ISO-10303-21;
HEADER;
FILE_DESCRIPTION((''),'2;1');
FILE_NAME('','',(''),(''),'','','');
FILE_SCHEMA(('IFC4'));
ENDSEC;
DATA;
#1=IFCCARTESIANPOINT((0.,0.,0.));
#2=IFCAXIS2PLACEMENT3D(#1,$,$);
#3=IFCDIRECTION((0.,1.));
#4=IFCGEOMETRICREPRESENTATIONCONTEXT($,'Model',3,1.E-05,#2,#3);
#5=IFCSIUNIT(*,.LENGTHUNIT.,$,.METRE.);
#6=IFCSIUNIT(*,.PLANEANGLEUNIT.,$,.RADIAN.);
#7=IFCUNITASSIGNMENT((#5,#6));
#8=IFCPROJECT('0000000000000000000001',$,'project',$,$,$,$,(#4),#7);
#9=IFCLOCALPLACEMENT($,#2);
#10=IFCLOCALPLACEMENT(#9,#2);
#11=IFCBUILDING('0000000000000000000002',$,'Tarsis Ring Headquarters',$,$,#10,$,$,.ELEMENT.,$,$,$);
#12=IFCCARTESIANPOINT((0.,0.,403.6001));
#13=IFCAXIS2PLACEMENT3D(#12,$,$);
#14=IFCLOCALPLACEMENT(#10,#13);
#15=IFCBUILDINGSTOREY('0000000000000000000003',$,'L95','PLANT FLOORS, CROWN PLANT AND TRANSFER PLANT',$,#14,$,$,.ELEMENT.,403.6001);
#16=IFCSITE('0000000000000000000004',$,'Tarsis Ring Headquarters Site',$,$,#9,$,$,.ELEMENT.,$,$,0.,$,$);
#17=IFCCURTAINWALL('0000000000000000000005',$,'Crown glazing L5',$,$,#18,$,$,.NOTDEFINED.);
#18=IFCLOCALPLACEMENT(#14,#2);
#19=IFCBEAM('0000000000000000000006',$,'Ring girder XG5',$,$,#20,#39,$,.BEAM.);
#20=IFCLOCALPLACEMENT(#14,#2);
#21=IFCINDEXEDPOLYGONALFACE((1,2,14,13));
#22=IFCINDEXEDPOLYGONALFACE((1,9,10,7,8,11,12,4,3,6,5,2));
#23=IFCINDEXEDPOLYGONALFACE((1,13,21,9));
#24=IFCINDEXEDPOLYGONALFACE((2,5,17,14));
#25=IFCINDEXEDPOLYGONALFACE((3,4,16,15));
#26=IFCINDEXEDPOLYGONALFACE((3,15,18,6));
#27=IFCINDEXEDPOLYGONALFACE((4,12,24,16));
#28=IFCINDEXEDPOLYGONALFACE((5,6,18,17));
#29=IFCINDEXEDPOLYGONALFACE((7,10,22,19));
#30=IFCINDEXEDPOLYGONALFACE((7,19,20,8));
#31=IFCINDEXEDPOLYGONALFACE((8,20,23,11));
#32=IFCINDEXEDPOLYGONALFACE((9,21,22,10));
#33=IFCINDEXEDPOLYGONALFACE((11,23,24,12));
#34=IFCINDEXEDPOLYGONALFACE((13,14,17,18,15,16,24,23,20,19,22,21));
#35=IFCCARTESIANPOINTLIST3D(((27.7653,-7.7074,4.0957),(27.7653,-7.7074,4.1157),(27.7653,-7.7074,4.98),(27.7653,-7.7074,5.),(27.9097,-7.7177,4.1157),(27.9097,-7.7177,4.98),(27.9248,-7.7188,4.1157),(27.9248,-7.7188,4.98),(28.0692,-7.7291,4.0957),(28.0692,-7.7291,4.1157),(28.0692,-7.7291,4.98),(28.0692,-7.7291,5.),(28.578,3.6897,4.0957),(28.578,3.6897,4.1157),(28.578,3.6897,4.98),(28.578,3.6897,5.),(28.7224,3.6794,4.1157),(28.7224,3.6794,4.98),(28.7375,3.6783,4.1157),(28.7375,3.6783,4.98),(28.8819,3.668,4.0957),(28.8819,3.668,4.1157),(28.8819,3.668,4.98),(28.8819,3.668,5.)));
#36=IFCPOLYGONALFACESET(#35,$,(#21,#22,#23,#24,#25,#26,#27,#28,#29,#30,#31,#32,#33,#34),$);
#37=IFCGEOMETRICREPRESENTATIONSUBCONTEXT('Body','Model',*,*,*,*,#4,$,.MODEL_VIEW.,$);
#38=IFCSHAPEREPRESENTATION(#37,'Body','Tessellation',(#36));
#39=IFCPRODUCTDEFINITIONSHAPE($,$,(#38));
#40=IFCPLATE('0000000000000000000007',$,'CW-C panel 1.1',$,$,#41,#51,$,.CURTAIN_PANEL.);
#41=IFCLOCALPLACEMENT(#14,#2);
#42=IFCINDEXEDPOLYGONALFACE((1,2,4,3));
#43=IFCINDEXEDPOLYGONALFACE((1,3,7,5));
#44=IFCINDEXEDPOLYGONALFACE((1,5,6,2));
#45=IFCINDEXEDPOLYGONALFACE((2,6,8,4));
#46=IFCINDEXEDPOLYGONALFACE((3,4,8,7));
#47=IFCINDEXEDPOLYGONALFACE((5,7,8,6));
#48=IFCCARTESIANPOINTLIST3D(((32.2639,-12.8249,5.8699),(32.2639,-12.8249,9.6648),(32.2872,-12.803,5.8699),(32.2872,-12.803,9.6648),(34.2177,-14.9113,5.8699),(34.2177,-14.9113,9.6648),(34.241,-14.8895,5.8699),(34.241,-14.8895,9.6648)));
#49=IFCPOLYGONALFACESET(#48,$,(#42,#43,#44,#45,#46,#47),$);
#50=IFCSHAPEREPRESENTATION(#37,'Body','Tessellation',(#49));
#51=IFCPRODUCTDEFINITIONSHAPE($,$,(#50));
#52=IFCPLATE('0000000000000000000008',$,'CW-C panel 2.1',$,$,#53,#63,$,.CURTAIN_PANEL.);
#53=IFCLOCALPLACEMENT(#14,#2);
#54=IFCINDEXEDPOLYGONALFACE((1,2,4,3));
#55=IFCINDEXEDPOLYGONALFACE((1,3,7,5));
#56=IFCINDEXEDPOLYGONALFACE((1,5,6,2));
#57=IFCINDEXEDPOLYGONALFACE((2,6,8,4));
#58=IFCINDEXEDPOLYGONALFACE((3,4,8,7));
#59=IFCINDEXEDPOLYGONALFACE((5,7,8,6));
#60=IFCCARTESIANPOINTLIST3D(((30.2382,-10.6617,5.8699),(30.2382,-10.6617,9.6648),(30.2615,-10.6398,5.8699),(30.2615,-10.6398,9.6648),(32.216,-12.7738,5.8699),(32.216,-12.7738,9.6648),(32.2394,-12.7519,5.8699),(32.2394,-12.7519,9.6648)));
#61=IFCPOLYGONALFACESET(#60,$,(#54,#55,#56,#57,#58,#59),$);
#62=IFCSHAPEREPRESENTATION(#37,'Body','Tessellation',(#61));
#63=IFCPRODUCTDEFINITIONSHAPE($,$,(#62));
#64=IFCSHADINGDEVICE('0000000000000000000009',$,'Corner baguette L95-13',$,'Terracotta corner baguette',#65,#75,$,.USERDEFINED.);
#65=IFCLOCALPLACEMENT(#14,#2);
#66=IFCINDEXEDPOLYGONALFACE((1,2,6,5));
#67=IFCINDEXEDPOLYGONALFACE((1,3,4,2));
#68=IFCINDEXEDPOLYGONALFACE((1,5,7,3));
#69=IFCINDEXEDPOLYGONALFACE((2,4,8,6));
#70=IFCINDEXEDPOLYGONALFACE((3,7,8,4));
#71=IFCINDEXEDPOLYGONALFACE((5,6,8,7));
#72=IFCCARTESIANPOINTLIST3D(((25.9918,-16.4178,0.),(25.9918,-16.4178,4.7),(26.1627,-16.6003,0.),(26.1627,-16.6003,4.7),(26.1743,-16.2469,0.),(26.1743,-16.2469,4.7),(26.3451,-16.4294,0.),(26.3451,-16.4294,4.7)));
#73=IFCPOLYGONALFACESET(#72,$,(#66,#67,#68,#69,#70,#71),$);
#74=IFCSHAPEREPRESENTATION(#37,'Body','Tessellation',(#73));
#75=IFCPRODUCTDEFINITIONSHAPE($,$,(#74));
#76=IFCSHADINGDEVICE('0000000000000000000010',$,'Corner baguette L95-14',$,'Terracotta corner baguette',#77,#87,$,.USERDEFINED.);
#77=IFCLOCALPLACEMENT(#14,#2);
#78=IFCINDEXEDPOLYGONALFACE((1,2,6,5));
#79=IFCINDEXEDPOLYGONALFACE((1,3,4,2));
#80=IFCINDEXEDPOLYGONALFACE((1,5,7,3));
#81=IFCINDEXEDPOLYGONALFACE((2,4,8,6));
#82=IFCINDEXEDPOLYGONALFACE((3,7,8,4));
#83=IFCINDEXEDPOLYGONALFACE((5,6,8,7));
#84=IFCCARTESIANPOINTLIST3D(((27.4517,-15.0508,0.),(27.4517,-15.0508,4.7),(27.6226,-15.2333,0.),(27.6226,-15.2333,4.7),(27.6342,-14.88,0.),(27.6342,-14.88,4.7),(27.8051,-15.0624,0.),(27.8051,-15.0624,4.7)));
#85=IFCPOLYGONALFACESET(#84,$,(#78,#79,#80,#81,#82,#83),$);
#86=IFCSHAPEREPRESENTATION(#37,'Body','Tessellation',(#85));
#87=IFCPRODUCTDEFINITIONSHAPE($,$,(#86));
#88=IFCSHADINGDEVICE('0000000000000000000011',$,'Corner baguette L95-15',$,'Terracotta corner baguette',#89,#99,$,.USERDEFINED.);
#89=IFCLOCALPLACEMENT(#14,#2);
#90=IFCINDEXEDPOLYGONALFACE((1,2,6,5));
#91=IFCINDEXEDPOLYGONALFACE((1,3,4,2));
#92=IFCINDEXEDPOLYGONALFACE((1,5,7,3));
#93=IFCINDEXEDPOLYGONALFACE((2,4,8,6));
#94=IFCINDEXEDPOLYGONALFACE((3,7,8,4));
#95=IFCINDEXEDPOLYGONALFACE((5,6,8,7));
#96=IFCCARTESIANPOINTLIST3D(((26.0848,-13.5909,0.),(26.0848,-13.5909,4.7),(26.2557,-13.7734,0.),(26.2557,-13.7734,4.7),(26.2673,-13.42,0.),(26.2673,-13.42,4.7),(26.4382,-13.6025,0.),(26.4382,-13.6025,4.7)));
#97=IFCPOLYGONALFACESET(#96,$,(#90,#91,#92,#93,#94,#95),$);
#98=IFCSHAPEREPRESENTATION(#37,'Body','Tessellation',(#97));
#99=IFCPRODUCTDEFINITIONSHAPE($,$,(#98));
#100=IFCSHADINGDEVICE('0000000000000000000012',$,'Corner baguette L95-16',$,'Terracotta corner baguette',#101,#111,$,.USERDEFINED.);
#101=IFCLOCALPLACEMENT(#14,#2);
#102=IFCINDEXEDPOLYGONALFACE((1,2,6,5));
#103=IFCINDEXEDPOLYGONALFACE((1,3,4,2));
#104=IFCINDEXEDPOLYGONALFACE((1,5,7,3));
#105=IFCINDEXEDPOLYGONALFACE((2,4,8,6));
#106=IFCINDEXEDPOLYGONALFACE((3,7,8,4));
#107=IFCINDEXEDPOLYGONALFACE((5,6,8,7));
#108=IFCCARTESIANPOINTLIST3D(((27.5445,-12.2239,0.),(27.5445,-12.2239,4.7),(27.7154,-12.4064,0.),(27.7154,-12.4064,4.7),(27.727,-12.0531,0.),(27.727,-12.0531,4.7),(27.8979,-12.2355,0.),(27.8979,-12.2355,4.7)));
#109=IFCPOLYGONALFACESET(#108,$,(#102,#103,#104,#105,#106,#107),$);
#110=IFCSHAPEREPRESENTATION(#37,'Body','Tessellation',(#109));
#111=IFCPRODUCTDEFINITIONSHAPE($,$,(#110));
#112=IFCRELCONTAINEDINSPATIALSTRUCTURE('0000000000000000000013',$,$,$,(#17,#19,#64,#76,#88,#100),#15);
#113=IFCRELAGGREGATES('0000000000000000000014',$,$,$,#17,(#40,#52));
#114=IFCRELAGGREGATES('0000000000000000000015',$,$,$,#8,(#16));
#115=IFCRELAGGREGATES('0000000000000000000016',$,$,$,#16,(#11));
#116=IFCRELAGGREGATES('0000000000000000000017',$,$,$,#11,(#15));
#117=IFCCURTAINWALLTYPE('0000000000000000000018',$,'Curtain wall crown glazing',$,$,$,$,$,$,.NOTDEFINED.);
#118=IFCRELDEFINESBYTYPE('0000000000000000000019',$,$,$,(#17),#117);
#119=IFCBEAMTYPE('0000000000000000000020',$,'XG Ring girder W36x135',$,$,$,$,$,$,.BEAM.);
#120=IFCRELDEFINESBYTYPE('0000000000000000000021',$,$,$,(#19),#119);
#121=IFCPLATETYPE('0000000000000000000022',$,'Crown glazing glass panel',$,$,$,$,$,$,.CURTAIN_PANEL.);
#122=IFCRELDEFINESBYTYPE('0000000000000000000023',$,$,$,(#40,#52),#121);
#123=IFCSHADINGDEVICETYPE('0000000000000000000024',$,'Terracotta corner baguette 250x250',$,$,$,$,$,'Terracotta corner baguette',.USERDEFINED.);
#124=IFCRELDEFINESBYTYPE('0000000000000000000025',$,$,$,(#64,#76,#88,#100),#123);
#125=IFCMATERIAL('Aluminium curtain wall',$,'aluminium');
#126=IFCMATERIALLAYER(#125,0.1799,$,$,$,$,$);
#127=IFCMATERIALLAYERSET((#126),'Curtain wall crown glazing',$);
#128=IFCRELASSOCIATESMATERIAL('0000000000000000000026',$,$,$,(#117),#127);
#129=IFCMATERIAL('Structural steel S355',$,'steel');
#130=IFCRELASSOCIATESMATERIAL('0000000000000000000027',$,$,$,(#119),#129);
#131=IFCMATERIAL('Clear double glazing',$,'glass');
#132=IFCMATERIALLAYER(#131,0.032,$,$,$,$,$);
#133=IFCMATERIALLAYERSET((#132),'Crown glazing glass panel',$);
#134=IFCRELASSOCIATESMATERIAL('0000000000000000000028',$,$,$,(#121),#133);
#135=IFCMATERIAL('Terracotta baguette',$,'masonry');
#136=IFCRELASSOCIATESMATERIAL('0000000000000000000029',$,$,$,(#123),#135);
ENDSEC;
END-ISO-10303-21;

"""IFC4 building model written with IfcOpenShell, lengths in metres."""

from ifc_helpers import new_model, si_unit, direction, frame, origin, origin_2d, place, context, subcontext, project, spatial, rectangle, i_section, extrude, material, layer, layer_set, material_profile, profile_set, type_object, element, aggregate, save


model = new_model("IFC4")

# Units and contexts
model_context = context("Model", 3, precision=1e-05, world=origin(), true_north=direction((0.0, 1.0)))
body_context = subcontext(model_context, "Body", "Model", "MODEL_VIEW")
ifc_project = project(units=[si_unit("LENGTHUNIT", "METRE"), si_unit("PLANEANGLEUNIT", "RADIAN")], contexts=[model_context])

# Site, building, storey
site_placement = place(None, origin())
site = spatial("IfcSite", under=ifc_project, at=site_placement, Name="Tarsis Ring Headquarters Site", CompositionType="ELEMENT", RefElevation=0.0)
building_placement = place(site_placement, origin())
building = spatial("IfcBuilding", under=site, at=building_placement, Name="Tarsis Ring Headquarters", CompositionType="ELEMENT")
storey_placement = place(building_placement, frame((0.0, 0.0, 403.6001)))
storey = spatial("IfcBuildingStorey", under=building, at=storey_placement, Name="L95", Description="PLANT FLOORS, CROWN PLANT AND TRANSFER PLANT", CompositionType="ELEMENT", Elevation=403.6001)

# Shared definitions
ifc_material_1 = material(Name="Structural steel S355", Category="steel")

# Curtain wall
ifc_material_2 = material(Name="Aluminium curtain wall", Category="aluminium")
ifc_layer_1 = layer(ifc_material_2, 0.1799)
ifc_layer_set_1 = layer_set([ifc_layer_1], Name="Curtain wall crown glazing")
curtain_wall_type = type_object("IfcCurtainWallType", Name="Curtain wall crown glazing", PredefinedType="NOTDEFINED", material=ifc_layer_set_1)
curtain_wall_placement = place(storey_placement, origin())
curtain_wall = element("IfcCurtainWall", 1, at=curtain_wall_placement, inside=storey, type_object=curtain_wall_type, Name="Crown glazing L5", PredefinedType="NOTDEFINED")

# Beam
ifc_material_profile_1 = material_profile(ifc_material_1, i_section(OverallWidth=0.3047, OverallDepth=0.9043, WebThickness=0.0151, FlangeThickness=0.02, at=origin_2d()), Name="W36x135")
ifc_profile_set_1 = profile_set([ifc_material_profile_1], Name="Structural steel S355")
beam_type_1 = type_object("IfcBeamType", Name="XG Ring girder W36x135", PredefinedType="BEAM", material=ifc_profile_set_1)
beam_1_placement = place(storey_placement, frame((27.9172, -7.7183, 4.5479), z_axis=(0.071132, 0.997467, 0.0), x_axis=(-0.997467, 0.071132, 0.0)))
element("IfcBeam", 2, at=beam_1_placement, inside=storey, type_object=beam_type_1, Name="Ring girder XG5", PredefinedType="BEAM", context=body_context, shape_type="SweptSolid", body=[
    extrude(i_section(OverallWidth=0.3047, OverallDepth=0.9043, WebThickness=0.0151, FlangeThickness=0.02, at=origin_2d()), origin(), (0.0, 0.0, 1.0), 11.426),
])

# Plates
ifc_material_3 = material(Name="Clear double glazing", Category="glass")
ifc_layer_2 = layer(ifc_material_3, 0.032)
ifc_layer_set_2 = layer_set([ifc_layer_2], Name="Crown glazing glass panel")
plate_type = type_object("IfcPlateType", Name="Crown glazing glass panel", PredefinedType="CURTAIN_PANEL", material=ifc_layer_set_2)
plate_1_placement = place(storey_placement, frame((33.2524, -13.8572, 5.8699), z_axis=(0.0, 0.0, 1.0), x_axis=(-0.683529, 0.729924, 0.0)))
plate_1 = element("IfcPlate", 3, at=plate_1_placement, type_object=plate_type, Name="CW-C panel 1.1", PredefinedType="CURTAIN_PANEL", context=body_context, shape_type="SweptSolid", body=[
    extrude(rectangle(XDim=2.8584, YDim=0.032, at=origin_2d()), origin(), (0.0, 0.0, 1.0), 3.7949),
])
plate_2_placement = place(storey_placement, frame((31.2388, -11.7068, 5.8699), z_axis=(0.0, 0.0, 1.0), x_axis=(-0.683529, 0.729924, 0.0)))
plate_2 = element("IfcPlate", 4, at=plate_2_placement, type_object=plate_type, Name="CW-C panel 2.1", PredefinedType="CURTAIN_PANEL", context=body_context, shape_type="SweptSolid", body=[
    extrude(rectangle(XDim=2.8936, YDim=0.032, at=origin_2d()), origin(), (0.0, 0.0, 1.0), 3.7949),
])
aggregate(curtain_wall, [plate_1, plate_2])

# Shading devices
ifc_material_4 = material(Name="Terracotta baguette", Category="masonry")
shading_device_type_1 = type_object("IfcShadingDeviceType", Name="Terracotta corner baguette 250x250", ElementType="Terracotta corner baguette", PredefinedType="USERDEFINED", material=ifc_material_4)
for number, where, z_axis, x_axis, name in (
    (5, (26.1685, -16.4236, 0.0), (0.0, 0.0, 1.0), (-0.683529, 0.729924, 0.0), "Corner baguette L95-13"),
    (6, (27.6284, -15.0566, 0.0), (0.0, 0.0, 1.0), (0.729924, 0.683529, 0.0), "Corner baguette L95-14"),
    (7, (26.2615, -13.5967, 0.0), (0.0, 0.0, 1.0), (-0.683528, 0.729924, 0.0), "Corner baguette L95-15"),
    (8, (27.7212, -12.2297, 0.0), (0.0, 0.0, 1.0), (0.729924, 0.683528, 0.0), "Corner baguette L95-16"),
):
    element("IfcShadingDevice", number, at=place(storey_placement, frame(where, z_axis=z_axis, x_axis=x_axis)), inside=storey, type_object=shading_device_type_1, Name=name, ObjectType="Terracotta corner baguette", PredefinedType="USERDEFINED", context=body_context, shape_type="SweptSolid", body=[
        extrude(rectangle(XDim=0.25, YDim=0.25, at=origin_2d()), origin(), (0.0, 0.0, 1.0), 4.7),
    ])

save(model, "model.ifc")
